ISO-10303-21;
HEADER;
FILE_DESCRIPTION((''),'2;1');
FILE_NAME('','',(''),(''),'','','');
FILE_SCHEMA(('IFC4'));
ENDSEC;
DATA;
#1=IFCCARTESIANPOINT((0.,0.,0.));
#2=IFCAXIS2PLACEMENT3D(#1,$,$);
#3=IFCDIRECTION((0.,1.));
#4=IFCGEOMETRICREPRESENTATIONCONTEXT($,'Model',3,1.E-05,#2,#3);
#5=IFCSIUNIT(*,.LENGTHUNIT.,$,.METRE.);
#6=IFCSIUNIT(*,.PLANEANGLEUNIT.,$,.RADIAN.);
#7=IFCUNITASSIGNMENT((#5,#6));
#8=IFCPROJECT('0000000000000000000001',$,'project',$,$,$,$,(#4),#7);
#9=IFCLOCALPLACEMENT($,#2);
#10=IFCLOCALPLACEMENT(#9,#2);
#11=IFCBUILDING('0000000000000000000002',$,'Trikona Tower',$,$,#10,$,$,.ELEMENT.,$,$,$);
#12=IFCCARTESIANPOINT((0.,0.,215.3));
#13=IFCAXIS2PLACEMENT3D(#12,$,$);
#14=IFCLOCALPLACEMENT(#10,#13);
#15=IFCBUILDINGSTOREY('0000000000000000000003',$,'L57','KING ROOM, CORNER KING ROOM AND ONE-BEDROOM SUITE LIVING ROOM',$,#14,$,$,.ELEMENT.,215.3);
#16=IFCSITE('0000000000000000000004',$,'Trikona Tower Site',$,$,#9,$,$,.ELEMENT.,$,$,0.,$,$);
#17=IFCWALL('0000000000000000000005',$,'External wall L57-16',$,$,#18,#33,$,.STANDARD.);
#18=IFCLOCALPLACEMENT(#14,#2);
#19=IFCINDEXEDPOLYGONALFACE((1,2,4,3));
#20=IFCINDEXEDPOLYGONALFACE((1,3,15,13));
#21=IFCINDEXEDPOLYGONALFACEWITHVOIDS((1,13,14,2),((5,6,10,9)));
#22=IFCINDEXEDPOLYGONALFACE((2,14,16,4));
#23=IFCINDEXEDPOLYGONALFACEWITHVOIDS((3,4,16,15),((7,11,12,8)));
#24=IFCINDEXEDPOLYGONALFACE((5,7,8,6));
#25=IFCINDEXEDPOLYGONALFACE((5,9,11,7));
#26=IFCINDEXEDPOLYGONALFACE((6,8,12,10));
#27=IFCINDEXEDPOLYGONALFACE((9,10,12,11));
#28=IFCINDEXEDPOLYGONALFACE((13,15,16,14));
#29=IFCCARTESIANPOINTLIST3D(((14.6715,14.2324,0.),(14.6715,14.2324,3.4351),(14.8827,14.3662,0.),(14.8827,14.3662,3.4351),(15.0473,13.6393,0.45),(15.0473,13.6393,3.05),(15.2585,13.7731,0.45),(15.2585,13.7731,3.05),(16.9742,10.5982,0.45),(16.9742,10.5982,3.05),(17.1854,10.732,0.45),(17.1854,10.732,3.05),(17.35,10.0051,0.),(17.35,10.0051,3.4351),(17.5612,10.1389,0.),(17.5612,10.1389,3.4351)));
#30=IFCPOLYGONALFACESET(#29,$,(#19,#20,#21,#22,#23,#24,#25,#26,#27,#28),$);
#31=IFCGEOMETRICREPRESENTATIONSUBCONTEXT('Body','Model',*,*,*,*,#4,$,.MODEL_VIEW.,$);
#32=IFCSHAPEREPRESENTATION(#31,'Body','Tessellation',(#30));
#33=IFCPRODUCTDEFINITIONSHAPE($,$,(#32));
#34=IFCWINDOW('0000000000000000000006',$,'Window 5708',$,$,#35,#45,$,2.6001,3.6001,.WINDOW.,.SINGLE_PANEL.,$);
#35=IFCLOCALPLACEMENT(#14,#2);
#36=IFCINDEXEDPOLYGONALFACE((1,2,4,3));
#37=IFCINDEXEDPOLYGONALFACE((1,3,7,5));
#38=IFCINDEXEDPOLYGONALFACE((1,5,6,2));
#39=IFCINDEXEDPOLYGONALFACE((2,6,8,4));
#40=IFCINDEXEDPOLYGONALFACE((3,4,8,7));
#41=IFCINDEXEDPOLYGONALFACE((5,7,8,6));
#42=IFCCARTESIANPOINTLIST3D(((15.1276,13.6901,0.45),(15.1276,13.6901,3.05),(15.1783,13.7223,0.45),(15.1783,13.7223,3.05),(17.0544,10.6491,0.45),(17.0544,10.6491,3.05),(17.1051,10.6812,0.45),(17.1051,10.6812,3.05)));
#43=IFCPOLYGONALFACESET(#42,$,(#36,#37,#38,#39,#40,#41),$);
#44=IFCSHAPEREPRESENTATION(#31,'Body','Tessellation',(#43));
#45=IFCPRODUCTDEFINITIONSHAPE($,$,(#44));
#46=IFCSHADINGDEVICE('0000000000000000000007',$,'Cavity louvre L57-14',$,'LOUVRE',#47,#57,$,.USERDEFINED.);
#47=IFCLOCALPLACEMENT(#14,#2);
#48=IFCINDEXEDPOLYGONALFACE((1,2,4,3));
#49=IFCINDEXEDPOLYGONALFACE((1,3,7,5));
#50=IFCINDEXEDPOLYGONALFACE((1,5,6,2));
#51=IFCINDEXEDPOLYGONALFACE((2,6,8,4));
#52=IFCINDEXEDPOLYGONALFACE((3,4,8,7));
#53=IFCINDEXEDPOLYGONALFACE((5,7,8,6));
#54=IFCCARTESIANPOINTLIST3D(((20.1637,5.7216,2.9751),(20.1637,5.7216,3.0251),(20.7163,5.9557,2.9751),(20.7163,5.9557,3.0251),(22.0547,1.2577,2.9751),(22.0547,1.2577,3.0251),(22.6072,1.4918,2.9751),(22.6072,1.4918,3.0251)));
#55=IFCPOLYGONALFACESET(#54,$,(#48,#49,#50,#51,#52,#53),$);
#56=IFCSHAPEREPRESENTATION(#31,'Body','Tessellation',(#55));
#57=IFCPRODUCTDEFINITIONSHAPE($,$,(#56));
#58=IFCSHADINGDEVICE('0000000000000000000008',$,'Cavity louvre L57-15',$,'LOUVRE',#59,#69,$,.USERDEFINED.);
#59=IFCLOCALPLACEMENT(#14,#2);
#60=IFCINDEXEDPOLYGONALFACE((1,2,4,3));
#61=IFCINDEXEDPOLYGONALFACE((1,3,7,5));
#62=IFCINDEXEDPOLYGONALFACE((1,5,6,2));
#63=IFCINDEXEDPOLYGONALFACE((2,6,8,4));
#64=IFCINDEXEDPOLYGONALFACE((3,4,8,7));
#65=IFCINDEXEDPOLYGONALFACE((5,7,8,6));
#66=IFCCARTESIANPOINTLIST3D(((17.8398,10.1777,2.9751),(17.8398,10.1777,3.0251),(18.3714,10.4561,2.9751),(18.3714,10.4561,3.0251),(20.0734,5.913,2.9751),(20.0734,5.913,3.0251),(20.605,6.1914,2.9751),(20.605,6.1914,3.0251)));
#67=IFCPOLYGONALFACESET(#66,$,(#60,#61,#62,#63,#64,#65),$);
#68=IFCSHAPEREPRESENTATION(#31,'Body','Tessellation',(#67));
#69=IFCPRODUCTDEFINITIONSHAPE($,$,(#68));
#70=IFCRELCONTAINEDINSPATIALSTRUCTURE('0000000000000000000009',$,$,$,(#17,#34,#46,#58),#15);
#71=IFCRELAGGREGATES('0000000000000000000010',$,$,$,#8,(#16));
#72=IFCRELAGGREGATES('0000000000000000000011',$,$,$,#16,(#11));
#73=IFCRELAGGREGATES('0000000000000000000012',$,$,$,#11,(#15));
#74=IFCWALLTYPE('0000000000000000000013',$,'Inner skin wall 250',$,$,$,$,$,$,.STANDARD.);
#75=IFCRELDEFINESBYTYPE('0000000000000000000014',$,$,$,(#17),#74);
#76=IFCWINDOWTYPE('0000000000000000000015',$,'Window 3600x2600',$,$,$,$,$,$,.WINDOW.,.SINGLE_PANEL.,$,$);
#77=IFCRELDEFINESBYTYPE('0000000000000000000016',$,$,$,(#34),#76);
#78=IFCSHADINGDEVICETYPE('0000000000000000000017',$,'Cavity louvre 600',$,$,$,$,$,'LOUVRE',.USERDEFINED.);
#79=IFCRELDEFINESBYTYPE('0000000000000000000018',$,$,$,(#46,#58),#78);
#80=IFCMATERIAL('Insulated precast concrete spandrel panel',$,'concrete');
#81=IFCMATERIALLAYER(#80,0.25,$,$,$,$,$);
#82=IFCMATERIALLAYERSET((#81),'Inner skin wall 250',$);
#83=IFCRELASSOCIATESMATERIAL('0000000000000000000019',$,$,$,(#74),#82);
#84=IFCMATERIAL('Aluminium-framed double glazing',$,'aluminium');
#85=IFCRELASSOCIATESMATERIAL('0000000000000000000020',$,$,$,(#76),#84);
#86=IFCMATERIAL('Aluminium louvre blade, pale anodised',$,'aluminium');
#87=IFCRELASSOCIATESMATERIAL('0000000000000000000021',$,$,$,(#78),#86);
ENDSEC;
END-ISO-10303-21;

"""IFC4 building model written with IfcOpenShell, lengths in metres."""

from ifc_helpers import new_model, si_unit, direction, frame, frame_2d, origin, origin_2d, place, context, subcontext, project, spatial, rectangle, extrude, material, layer, layer_set, type_object, element, fill, save


model = new_model("IFC4")

# Units and contexts
model_context = context("Model", 3, precision=1e-05, world=origin(), true_north=direction((0.0, 1.0)))
body_context = subcontext(model_context, "Body", "Model", "MODEL_VIEW")
ifc_project = project(units=[si_unit("LENGTHUNIT", "METRE"), si_unit("PLANEANGLEUNIT", "RADIAN")], contexts=[model_context])

# Site, building, storey
site_placement = place(None, origin())
site = spatial("IfcSite", under=ifc_project, at=site_placement, Name="Trikona Tower Site", CompositionType="ELEMENT", RefElevation=0.0)
building_placement = place(site_placement, origin())
building = spatial("IfcBuilding", under=site, at=building_placement, Name="Trikona Tower", CompositionType="ELEMENT")
storey_placement = place(building_placement, frame((0.0, 0.0, 215.3)))
storey = spatial("IfcBuildingStorey", under=building, at=storey_placement, Name="L57", Description="KING ROOM, CORNER KING ROOM AND ONE-BEDROOM SUITE LIVING ROOM", CompositionType="ELEMENT", Elevation=215.3)

# Wall, opening, window
ifc_material_1 = material(Name="Insulated precast concrete spandrel panel", Category="concrete")
ifc_layer_1 = layer(ifc_material_1, 0.25)
ifc_layer_set_1 = layer_set([ifc_layer_1], Name="Inner skin wall 250")
wall_type_1 = type_object("IfcWallType", Name="Inner skin wall 250", PredefinedType="STANDARD", material=ifc_layer_set_1)
ifc_material_2 = material(Name="Aluminium-framed double glazing", Category="aluminium")
window_type = type_object("IfcWindowType", Name="Window 3600x2600", PartitioningType="SINGLE_PANEL", PredefinedType="WINDOW", material=ifc_material_2)
wall_1_placement = place(storey_placement, frame((17.4556, 10.072, 0.0), z_axis=(0.0, 0.0, 1.0), x_axis=(-0.53522, 0.844712, 0.0)))
wall_1 = element("IfcWall", 1, at=wall_1_placement, inside=storey, type_object=wall_type_1, Name="External wall L57-16", PredefinedType="STANDARD", context=body_context, shape_type="SweptSolid", body=[
    extrude(rectangle(XDim=5.0044, YDim=0.25, at=frame_2d((2.5022, 0.0))), origin(), (0.0, 0.0, 1.0), 3.4351),
])
opening_1_placement = place(wall_1_placement, frame((0.7021, 0.0, 0.45)))
opening_1 = element("IfcOpeningElement", 2, at=opening_1_placement, cuts=wall_1, PredefinedType="OPENING", context=body_context, shape_type="SweptSolid", body=[
    extrude(rectangle(XDim=3.6001, YDim=2.6001, at=frame_2d((1.8, 1.3))), frame((0.0, 0.135, 0.0), z_axis=(0.0, -1.0, 0.0), x_axis=(1.0, 0.0, 0.0)), (0.0, 0.0, 1.0), 0.27),
])
window_1_placement = place(opening_1_placement, origin())
window_1 = element("IfcWindow", 3, at=window_1_placement, inside=storey, type_object=window_type, Name="Window 5708", OverallHeight=2.6001, OverallWidth=3.6001, PartitioningType="SINGLE_PANEL", PredefinedType="WINDOW", context=body_context, shape_type="SweptSolid", body=[
    extrude(rectangle(XDim=3.6001, YDim=2.6001, at=frame_2d((1.8, 1.3))), frame((0.0, 0.03, 0.0), z_axis=(0.0, -1.0, 0.0), x_axis=(1.0, 0.0, 0.0)), (0.0, 0.0, 1.0), 0.0601),
])
fill(opening_1, window_1)

# Shading devices
ifc_material_3 = material(Name="Aluminium louvre blade, pale anodised", Category="aluminium")
shading_device_type = type_object("IfcShadingDeviceType", Name="Cavity louvre 600", ElementType="LOUVRE", PredefinedType="USERDEFINED", material=ifc_material_3)
shading_device_1_placement = place(storey_placement, frame((21.3855, 3.6067, 2.9751), z_axis=(0.0, 0.0, 1.0), x_axis=(-0.390051, 0.920793, 0.0)))
element("IfcShadingDevice", 4, at=shading_device_1_placement, inside=storey, type_object=shading_device_type, Name="Cavity louvre L57-14", ObjectType="LOUVRE", PredefinedType="USERDEFINED", context=body_context, shape_type="SweptSolid", body=[
    extrude(rectangle(XDim=4.8479, YDim=0.6001, at=origin_2d()), origin(), (0.0, 0.0, 1.0), 0.05),
])
shading_device_2_placement = place(storey_placement, frame((19.2224, 8.1846, 2.9751), z_axis=(0.0, 0.0, 1.0), x_axis=(-0.463952, 0.88586, 0.0)))
element("IfcShadingDevice", 5, at=shading_device_2_placement, inside=storey, type_object=shading_device_type, Name="Cavity louvre L57-15", ObjectType="LOUVRE", PredefinedType="USERDEFINED", context=body_context, shape_type="SweptSolid", body=[
    extrude(rectangle(XDim=4.8142, YDim=0.6001, at=origin_2d()), origin(), (0.0, 0.0, 1.0), 0.05),
])

save(model, "model.ifc")
